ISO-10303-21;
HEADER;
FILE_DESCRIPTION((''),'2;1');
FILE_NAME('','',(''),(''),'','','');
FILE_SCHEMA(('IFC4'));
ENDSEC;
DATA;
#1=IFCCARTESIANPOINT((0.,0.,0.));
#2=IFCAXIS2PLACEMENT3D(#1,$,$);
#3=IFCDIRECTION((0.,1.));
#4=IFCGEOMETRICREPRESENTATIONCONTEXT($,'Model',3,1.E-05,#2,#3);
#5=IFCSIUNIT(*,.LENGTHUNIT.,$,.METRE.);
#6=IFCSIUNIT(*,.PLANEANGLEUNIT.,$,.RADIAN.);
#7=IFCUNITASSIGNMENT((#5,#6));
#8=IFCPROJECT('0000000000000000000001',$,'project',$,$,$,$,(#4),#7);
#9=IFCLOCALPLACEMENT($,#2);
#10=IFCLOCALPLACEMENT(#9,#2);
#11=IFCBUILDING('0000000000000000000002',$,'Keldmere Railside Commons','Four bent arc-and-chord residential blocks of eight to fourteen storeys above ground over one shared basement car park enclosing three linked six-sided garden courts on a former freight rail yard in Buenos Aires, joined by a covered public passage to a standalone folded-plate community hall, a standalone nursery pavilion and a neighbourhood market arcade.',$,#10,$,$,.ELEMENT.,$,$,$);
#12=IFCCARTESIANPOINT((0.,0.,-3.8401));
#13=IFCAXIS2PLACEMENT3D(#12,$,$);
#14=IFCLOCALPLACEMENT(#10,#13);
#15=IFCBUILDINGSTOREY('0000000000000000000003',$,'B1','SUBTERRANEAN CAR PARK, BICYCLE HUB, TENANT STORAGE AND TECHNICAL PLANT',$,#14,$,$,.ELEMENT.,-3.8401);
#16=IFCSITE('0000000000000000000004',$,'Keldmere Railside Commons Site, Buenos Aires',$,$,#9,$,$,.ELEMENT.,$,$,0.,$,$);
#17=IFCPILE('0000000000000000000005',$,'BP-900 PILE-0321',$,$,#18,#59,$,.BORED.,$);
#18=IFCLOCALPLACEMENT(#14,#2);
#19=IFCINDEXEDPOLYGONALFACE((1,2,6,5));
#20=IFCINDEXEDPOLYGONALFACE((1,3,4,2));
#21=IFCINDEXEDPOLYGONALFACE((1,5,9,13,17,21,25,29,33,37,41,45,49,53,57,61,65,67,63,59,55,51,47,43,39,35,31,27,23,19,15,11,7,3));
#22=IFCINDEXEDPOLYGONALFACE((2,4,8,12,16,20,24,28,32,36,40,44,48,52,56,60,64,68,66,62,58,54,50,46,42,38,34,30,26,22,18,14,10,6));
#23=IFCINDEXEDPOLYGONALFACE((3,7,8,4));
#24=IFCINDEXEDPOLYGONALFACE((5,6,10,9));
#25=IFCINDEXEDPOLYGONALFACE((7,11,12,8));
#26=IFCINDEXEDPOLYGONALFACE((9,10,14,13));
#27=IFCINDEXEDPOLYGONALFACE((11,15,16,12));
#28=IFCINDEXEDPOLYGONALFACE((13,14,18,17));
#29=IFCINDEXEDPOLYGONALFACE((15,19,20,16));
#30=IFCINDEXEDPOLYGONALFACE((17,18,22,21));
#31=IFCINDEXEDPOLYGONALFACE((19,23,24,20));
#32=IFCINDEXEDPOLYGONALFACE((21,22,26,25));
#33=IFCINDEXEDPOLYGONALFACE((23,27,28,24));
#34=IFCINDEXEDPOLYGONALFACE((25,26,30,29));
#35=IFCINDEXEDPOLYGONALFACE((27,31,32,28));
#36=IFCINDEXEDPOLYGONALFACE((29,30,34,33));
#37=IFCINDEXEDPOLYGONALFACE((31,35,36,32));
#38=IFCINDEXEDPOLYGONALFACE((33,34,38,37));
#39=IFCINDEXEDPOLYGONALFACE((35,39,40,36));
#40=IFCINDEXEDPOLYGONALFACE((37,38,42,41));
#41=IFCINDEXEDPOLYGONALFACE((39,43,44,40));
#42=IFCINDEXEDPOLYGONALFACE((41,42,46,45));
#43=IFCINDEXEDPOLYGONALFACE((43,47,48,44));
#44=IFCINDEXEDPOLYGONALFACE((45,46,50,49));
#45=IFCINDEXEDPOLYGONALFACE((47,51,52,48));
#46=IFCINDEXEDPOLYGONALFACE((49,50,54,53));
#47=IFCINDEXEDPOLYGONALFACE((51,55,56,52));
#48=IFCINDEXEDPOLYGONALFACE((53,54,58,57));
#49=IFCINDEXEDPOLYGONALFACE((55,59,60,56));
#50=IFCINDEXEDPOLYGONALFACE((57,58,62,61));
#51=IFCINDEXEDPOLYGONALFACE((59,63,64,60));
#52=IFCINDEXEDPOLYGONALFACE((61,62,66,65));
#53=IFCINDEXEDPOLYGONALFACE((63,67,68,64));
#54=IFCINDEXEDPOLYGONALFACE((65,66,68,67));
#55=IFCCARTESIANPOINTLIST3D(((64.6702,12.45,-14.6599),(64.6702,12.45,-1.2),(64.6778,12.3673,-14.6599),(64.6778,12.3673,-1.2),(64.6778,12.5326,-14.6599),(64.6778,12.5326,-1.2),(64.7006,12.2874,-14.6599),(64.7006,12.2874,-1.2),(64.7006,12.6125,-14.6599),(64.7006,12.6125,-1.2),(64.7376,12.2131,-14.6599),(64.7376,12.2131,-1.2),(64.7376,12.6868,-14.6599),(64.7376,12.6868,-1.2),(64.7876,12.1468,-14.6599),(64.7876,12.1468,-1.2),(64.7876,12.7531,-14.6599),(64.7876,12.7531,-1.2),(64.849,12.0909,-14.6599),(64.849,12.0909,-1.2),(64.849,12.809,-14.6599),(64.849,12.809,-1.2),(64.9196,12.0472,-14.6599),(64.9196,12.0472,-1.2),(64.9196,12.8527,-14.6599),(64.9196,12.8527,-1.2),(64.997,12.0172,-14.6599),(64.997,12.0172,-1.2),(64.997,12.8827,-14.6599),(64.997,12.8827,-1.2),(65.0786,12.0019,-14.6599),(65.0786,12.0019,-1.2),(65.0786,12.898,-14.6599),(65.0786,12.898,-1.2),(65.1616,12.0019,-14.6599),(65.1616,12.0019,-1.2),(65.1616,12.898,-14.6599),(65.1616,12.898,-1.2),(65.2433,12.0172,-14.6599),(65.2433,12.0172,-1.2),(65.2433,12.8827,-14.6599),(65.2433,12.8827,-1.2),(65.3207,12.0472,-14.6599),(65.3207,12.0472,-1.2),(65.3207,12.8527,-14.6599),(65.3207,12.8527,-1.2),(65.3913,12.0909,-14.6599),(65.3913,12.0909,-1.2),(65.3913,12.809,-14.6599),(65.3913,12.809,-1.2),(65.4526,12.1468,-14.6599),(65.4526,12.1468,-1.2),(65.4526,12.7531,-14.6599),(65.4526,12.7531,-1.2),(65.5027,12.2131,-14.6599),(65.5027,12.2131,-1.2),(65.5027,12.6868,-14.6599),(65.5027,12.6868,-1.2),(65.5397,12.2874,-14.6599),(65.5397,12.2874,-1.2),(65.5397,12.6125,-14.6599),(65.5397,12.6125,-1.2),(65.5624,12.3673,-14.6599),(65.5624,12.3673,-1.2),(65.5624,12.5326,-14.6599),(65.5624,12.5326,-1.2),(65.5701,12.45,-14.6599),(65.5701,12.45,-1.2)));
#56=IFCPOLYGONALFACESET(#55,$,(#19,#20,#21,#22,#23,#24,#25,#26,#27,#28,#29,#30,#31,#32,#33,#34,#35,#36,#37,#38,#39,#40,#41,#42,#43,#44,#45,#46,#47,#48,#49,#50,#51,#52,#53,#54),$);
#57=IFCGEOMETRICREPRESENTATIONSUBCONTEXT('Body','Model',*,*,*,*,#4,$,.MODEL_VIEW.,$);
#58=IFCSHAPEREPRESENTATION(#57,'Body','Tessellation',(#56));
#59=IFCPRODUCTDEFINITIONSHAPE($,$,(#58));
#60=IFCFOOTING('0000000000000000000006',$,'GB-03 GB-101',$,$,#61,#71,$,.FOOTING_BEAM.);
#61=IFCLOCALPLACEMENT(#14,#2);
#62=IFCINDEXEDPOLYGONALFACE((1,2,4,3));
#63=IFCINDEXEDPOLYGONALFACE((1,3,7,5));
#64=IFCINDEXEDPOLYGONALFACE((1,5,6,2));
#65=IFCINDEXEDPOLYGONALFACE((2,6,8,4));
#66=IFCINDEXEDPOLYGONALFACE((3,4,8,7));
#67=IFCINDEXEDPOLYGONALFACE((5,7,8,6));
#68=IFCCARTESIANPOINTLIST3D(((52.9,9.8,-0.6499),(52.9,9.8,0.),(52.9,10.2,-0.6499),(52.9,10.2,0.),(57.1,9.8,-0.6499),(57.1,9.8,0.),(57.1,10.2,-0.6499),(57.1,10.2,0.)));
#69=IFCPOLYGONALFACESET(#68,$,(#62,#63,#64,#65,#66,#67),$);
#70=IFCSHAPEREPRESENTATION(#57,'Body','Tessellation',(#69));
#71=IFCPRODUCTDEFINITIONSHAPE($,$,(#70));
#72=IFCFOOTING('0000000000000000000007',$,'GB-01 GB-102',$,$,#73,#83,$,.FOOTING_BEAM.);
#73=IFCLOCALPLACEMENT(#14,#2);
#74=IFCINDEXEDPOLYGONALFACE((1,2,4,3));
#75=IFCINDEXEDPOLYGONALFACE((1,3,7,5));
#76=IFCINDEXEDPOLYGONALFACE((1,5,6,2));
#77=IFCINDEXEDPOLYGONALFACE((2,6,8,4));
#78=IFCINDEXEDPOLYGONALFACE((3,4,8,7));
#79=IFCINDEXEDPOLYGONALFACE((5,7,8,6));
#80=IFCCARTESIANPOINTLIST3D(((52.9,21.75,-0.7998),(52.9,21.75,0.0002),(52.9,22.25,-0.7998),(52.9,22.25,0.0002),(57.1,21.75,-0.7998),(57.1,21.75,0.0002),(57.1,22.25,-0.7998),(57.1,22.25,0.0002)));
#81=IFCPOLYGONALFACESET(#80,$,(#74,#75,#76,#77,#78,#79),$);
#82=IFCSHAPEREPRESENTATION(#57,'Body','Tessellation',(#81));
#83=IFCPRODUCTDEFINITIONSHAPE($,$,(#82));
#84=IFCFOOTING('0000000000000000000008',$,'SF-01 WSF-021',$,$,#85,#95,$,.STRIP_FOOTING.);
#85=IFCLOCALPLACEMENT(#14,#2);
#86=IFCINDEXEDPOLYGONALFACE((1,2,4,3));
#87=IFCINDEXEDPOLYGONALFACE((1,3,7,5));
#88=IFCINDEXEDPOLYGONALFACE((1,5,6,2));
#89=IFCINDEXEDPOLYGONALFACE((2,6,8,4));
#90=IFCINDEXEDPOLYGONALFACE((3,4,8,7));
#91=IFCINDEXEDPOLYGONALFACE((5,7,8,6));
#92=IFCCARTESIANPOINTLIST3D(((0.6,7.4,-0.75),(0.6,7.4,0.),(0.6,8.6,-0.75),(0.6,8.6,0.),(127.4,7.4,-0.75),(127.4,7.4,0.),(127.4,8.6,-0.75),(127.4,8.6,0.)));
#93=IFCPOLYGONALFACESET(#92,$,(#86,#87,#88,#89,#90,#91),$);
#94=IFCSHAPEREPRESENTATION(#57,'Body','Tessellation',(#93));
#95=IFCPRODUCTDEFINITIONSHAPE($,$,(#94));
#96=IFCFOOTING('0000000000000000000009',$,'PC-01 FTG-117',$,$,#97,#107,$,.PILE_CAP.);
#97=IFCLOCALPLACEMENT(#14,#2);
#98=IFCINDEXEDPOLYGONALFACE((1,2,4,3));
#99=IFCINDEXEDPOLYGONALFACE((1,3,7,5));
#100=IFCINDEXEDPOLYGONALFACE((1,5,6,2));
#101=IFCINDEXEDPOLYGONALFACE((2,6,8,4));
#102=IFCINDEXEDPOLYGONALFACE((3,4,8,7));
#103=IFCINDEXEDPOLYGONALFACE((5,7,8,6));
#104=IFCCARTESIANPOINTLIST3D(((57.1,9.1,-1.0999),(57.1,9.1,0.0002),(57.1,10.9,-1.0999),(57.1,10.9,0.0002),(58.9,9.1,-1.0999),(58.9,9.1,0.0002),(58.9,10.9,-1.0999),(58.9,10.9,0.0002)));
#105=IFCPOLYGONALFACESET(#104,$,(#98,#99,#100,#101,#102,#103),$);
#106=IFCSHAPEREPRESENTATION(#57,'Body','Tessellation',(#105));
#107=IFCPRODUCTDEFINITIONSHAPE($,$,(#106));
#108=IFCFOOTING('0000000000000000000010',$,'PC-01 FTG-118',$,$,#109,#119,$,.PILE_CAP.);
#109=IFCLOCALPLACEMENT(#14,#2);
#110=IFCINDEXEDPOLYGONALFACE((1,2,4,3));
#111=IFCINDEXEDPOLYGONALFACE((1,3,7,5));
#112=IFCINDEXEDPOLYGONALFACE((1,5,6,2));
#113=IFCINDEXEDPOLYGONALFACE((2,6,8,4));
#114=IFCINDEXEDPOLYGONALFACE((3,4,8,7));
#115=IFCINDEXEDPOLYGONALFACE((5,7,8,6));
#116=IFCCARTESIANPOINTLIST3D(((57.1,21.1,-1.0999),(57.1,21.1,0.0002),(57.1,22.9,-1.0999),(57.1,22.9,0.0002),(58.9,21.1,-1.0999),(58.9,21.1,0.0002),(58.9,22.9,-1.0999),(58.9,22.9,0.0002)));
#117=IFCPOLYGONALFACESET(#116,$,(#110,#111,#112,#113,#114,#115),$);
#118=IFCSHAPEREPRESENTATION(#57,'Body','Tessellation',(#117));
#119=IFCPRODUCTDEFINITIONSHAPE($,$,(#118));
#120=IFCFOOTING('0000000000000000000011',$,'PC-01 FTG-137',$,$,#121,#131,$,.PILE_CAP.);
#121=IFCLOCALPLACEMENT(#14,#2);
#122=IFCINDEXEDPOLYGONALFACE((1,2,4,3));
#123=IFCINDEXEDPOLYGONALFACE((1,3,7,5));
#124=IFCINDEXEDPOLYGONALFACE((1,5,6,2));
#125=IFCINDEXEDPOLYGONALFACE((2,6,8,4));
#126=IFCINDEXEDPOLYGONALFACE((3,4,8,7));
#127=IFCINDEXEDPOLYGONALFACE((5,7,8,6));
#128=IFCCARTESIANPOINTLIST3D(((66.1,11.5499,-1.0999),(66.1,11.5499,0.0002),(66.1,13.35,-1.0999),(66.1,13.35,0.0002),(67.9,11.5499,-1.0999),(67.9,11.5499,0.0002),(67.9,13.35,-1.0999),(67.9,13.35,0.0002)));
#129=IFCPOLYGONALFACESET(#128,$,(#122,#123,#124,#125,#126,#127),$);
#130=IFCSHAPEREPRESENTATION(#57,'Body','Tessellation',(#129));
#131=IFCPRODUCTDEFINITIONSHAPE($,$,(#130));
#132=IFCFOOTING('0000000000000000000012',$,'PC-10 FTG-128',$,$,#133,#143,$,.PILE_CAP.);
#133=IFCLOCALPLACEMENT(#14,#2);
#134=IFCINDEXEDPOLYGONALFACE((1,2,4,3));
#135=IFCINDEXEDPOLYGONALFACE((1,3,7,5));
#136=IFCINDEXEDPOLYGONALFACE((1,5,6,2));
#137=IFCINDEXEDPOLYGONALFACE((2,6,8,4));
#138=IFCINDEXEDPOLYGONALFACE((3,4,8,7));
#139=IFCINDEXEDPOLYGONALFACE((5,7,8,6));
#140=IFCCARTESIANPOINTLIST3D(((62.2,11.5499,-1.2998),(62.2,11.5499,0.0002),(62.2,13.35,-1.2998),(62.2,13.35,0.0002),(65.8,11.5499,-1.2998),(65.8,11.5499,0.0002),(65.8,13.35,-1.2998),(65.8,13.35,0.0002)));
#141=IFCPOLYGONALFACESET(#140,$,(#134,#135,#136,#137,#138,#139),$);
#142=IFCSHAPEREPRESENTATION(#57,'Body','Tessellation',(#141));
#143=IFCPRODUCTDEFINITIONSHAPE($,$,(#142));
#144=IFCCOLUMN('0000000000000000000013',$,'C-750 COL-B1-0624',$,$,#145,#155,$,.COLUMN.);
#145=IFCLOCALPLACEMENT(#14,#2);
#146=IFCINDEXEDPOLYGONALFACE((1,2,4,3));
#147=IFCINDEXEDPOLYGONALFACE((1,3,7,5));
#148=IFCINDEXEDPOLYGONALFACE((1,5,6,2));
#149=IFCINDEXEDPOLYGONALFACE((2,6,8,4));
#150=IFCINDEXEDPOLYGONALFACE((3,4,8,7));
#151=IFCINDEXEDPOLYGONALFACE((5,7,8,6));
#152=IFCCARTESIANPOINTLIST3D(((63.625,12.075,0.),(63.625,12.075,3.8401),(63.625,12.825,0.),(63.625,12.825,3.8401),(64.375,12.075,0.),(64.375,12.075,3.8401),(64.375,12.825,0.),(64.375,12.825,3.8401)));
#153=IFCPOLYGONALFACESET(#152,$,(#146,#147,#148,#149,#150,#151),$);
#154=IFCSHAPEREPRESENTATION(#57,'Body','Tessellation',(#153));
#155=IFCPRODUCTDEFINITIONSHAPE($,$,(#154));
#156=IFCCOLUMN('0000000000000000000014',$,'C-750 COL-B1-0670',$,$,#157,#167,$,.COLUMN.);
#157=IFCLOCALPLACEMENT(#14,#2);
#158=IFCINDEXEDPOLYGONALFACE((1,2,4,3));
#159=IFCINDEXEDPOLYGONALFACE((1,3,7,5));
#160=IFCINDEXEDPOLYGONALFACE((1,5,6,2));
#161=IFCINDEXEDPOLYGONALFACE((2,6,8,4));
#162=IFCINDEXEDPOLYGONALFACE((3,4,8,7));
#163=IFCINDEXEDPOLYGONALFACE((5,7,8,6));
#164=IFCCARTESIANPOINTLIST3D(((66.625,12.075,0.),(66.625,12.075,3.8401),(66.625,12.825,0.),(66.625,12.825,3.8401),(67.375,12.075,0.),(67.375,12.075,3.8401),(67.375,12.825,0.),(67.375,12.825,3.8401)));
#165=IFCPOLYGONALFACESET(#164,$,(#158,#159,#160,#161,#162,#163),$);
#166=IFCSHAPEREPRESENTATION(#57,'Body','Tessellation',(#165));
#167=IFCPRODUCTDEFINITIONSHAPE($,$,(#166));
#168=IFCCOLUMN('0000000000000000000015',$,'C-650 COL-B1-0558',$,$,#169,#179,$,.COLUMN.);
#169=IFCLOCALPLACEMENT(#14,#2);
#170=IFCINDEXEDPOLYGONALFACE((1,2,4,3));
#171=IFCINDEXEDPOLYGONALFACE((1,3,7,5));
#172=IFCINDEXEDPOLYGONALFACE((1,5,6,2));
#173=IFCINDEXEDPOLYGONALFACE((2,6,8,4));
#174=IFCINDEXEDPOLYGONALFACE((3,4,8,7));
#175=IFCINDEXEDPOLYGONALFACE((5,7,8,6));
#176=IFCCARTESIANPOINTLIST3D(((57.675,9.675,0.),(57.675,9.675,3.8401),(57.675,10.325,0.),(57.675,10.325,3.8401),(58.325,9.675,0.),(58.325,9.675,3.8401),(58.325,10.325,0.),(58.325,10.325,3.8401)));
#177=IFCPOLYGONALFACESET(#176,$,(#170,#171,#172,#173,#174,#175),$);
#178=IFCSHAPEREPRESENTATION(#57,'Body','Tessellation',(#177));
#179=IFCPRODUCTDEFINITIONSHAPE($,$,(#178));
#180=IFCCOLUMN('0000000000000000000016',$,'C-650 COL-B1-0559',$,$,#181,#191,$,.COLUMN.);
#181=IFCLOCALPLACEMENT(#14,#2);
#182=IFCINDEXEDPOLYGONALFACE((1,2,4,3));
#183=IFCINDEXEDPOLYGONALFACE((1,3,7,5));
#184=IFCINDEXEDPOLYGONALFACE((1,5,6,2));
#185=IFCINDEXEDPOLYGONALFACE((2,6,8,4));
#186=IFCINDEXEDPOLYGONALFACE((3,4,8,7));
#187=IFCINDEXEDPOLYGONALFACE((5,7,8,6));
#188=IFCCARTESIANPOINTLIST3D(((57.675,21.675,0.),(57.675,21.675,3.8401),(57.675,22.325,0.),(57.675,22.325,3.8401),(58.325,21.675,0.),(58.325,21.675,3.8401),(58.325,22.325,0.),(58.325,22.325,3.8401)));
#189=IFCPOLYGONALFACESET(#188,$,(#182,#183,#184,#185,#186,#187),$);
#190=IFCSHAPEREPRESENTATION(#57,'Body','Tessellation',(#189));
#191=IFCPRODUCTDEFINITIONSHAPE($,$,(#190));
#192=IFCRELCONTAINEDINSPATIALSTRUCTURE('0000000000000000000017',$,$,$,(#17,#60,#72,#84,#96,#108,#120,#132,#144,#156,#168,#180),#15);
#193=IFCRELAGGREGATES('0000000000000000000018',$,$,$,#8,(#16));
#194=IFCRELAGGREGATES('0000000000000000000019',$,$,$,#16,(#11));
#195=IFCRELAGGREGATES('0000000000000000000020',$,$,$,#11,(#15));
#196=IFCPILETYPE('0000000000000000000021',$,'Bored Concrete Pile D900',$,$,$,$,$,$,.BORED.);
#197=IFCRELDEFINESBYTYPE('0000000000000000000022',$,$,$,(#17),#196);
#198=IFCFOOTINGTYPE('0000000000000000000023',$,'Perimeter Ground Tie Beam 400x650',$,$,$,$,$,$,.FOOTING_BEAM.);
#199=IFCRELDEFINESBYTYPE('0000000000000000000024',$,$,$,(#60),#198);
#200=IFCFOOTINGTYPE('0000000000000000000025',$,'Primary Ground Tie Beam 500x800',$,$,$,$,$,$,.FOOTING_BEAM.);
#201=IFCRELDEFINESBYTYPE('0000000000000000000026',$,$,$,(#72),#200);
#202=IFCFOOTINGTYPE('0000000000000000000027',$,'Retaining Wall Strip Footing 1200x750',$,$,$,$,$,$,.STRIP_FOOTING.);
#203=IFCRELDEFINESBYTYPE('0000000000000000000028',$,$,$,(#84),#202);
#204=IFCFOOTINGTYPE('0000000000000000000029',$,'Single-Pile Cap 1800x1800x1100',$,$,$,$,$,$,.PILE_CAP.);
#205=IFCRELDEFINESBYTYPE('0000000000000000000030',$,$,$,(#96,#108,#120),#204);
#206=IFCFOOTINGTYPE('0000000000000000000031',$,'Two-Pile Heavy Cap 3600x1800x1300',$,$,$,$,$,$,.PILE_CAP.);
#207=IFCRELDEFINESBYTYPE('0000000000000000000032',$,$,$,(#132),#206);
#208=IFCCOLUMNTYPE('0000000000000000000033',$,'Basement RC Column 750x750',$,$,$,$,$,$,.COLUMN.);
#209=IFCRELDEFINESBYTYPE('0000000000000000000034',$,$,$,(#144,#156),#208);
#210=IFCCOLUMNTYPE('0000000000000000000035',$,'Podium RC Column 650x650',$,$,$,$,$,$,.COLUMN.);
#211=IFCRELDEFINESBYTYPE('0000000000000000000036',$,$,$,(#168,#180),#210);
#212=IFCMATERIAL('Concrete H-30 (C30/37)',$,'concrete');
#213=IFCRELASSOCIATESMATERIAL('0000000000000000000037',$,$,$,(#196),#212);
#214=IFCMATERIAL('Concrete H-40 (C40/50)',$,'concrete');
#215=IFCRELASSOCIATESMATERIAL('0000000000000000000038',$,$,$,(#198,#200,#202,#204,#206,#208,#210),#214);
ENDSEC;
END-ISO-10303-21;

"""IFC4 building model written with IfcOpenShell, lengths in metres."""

from ifc_helpers import new_model, si_unit, direction, frame, origin, origin_2d, place, context, subcontext, project, spatial, rectangle, circle, extrude, material, material_profile, profile_set, type_object, element, save


model = new_model("IFC4")

# Units and contexts
model_context = context("Model", 3, precision=1e-05, world=origin(), true_north=direction((0.0, 1.0)))
body_context = subcontext(model_context, "Body", "Model", "MODEL_VIEW")
ifc_project = project(units=[si_unit("LENGTHUNIT", "METRE"), si_unit("PLANEANGLEUNIT", "RADIAN")], contexts=[model_context])

# Site, building, storey
site_placement = place(None, origin())
site = spatial("IfcSite", under=ifc_project, at=site_placement, Name="Keldmere Railside Commons Site, Buenos Aires", CompositionType="ELEMENT", RefElevation=0.0)
building_placement = place(site_placement, origin())
building = spatial("IfcBuilding", under=site, at=building_placement, Name="Keldmere Railside Commons", Description="Four bent arc-and-chord residential blocks of eight to fourteen storeys above ground over one shared basement car park enclosing three linked six-sided garden courts on a former freight rail yard in Buenos Aires, joined by a covered public passage to a standalone folded-plate community hall, a standalone nursery pavilion and a neighbourhood market arcade.", CompositionType="ELEMENT")
storey_placement = place(building_placement, frame((0.0, 0.0, -3.8401)))
storey = spatial("IfcBuildingStorey", under=building, at=storey_placement, Name="B1", Description="SUBTERRANEAN CAR PARK, BICYCLE HUB, TENANT STORAGE AND TECHNICAL PLANT", CompositionType="ELEMENT", Elevation=-3.8401)

# Pile
ifc_material_1 = material(Name="Concrete H-30 (C30/37)", Category="concrete")
ifc_material_profile_1 = material_profile(ifc_material_1, circle(Radius=0.45, at=origin_2d()), Name="PILE-D900")
ifc_profile_set_1 = profile_set([ifc_material_profile_1], Name="Concrete H-30 (C30/37)")
pile_type_1 = type_object("IfcPileType", Name="Bored Concrete Pile D900", PredefinedType="BORED", material=ifc_profile_set_1)
for number, where, z_axis, x_axis, name in (
    (1, (65.1201, 12.45, -1.2), (0.0, 0.0, -1.0), (1.0, 0.0, 0.0), "BP-900 PILE-0321"),
):
    element("IfcPile", number, at=place(storey_placement, frame(where, z_axis=z_axis, x_axis=x_axis)), inside=storey, type_object=pile_type_1, Name=name, PredefinedType="BORED", context=body_context, shape_type="SweptSolid", body=[
        extrude(circle(Radius=0.45, at=origin_2d()), origin(), (0.0, 0.0, 1.0), 13.46),
    ])

# Footings
ifc_material_2 = material(Name="Concrete H-40 (C40/50)", Category="concrete")
footing_type_1 = type_object("IfcFootingType", Name="Perimeter Ground Tie Beam 400x650", PredefinedType="FOOTING_BEAM", material=ifc_material_2)
footing_1_placement = place(storey_placement, frame((55.0, 10.0, -0.6499), z_axis=(0.0, 0.0, 1.0), x_axis=(1.0, 0.0, 0.0)))
element("IfcFooting", 2, at=footing_1_placement, inside=storey, type_object=footing_type_1, Name="GB-03 GB-101", PredefinedType="FOOTING_BEAM", context=body_context, shape_type="SweptSolid", body=[
    extrude(rectangle(XDim=4.2, YDim=0.3999, at=origin_2d()), origin(), (0.0, 0.0, 1.0), 0.6499),
])
footing_type_2 = type_object("IfcFootingType", Name="Primary Ground Tie Beam 500x800", PredefinedType="FOOTING_BEAM", material=ifc_material_2)
footing_2_placement = place(storey_placement, frame((55.0, 22.0, -0.7998), z_axis=(0.0, 0.0, 1.0), x_axis=(1.0, 0.0, 0.0)))
element("IfcFooting", 3, at=footing_2_placement, inside=storey, type_object=footing_type_2, Name="GB-01 GB-102", PredefinedType="FOOTING_BEAM", context=body_context, shape_type="SweptSolid", body=[
    extrude(rectangle(XDim=4.2, YDim=0.5, at=origin_2d()), origin(), (0.0, 0.0, 1.0), 0.8),
])
footing_type_3 = type_object("IfcFootingType", Name="Retaining Wall Strip Footing 1200x750", PredefinedType="STRIP_FOOTING", material=ifc_material_2)
footing_3_placement = place(storey_placement, frame((64.0, 8.0, -0.75), z_axis=(0.0, 0.0, 1.0), x_axis=(1.0, 0.0, 0.0)))
element("IfcFooting", 4, at=footing_3_placement, inside=storey, type_object=footing_type_3, Name="SF-01 WSF-021", PredefinedType="STRIP_FOOTING", context=body_context, shape_type="SweptSolid", body=[
    extrude(rectangle(XDim=126.8, YDim=1.2, at=origin_2d()), origin(), (0.0, 0.0, 1.0), 0.75),
])
footing_type_4 = type_object("IfcFootingType", Name="Single-Pile Cap 1800x1800x1100", PredefinedType="PILE_CAP", material=ifc_material_2)
for number, where, z_axis, x_axis, name in (
    (5, (58.0, 10.0, -1.0999), (0.0, 0.0, 1.0), (1.0, 0.0, 0.0), "PC-01 FTG-117"),
    (6, (58.0, 22.0, -1.0999), (0.0, 0.0, 1.0), (1.0, 0.0, 0.0), "PC-01 FTG-118"),
    (7, (67.0, 12.45, -1.0999), (0.0, 0.0, 1.0), (1.0, 0.0, 0.0), "PC-01 FTG-137"),
):
    element("IfcFooting", number, at=place(storey_placement, frame(where, z_axis=z_axis, x_axis=x_axis)), inside=storey, type_object=footing_type_4, Name=name, PredefinedType="PILE_CAP", context=body_context, shape_type="SweptSolid", body=[
        extrude(rectangle(XDim=1.8, YDim=1.8, at=origin_2d()), origin(), (0.0, 0.0, 1.0), 1.1001),
    ])
footing_type_5 = type_object("IfcFootingType", Name="Two-Pile Heavy Cap 3600x1800x1300", PredefinedType="PILE_CAP", material=ifc_material_2)
footing_4_placement = place(storey_placement, frame((64.0, 12.45, -1.2998), z_axis=(0.0, 0.0, 1.0), x_axis=(1.0, 0.0, 0.0)))
element("IfcFooting", 8, at=footing_4_placement, inside=storey, type_object=footing_type_5, Name="PC-10 FTG-128", PredefinedType="PILE_CAP", context=body_context, shape_type="SweptSolid", body=[
    extrude(rectangle(XDim=3.6001, YDim=1.8, at=origin_2d()), origin(), (0.0, 0.0, 1.0), 1.3),
])

# Columns
ifc_material_profile_2 = material_profile(ifc_material_2, rectangle(XDim=0.75, YDim=0.75, at=origin_2d()), Name="RC-750x750")
ifc_profile_set_2 = profile_set([ifc_material_profile_2], Name="Concrete H-40 (C40/50)")
column_type_1 = type_object("IfcColumnType", Name="Basement RC Column 750x750", PredefinedType="COLUMN", material=ifc_profile_set_2)
for number, where, z_axis, x_axis, name in (
    (9, (64.0, 12.45, 0.0), (0.0, 0.0, 1.0), (1.0, 0.0, 0.0), "C-750 COL-B1-0624"),
    (10, (67.0, 12.45, 0.0), (0.0, 0.0, 1.0), (1.0, 0.0, 0.0), "C-750 COL-B1-0670"),
):
    element("IfcColumn", number, at=place(storey_placement, frame(where, z_axis=z_axis, x_axis=x_axis)), inside=storey, type_object=column_type_1, Name=name, PredefinedType="COLUMN", context=body_context, shape_type="SweptSolid", body=[
        extrude(rectangle(XDim=0.75, YDim=0.75, at=origin_2d()), origin(), (0.0, 0.0, 1.0), 3.8401),
    ])
ifc_material_profile_3 = material_profile(ifc_material_2, rectangle(XDim=0.6499, YDim=0.6499, at=origin_2d()), Name="RC-650x650")
ifc_profile_set_3 = profile_set([ifc_material_profile_3], Name="Concrete H-40 (C40/50)")
column_type_2 = type_object("IfcColumnType", Name="Podium RC Column 650x650", PredefinedType="COLUMN", material=ifc_profile_set_3)
for number, where, z_axis, x_axis, name in (
    (11, (58.0, 10.0, 0.0), (0.0, 0.0, 1.0), (1.0, 0.0, 0.0), "C-650 COL-B1-0558"),
    (12, (58.0, 22.0, 0.0), (0.0, 0.0, 1.0), (1.0, 0.0, 0.0), "C-650 COL-B1-0559"),
):
    element("IfcColumn", number, at=place(storey_placement, frame(where, z_axis=z_axis, x_axis=x_axis)), inside=storey, type_object=column_type_2, Name=name, PredefinedType="COLUMN", context=body_context, shape_type="SweptSolid", body=[
        extrude(rectangle(XDim=0.6499, YDim=0.6499, at=origin_2d()), origin(), (0.0, 0.0, 1.0), 3.8401),
    ])

save(model, "model.ifc")
